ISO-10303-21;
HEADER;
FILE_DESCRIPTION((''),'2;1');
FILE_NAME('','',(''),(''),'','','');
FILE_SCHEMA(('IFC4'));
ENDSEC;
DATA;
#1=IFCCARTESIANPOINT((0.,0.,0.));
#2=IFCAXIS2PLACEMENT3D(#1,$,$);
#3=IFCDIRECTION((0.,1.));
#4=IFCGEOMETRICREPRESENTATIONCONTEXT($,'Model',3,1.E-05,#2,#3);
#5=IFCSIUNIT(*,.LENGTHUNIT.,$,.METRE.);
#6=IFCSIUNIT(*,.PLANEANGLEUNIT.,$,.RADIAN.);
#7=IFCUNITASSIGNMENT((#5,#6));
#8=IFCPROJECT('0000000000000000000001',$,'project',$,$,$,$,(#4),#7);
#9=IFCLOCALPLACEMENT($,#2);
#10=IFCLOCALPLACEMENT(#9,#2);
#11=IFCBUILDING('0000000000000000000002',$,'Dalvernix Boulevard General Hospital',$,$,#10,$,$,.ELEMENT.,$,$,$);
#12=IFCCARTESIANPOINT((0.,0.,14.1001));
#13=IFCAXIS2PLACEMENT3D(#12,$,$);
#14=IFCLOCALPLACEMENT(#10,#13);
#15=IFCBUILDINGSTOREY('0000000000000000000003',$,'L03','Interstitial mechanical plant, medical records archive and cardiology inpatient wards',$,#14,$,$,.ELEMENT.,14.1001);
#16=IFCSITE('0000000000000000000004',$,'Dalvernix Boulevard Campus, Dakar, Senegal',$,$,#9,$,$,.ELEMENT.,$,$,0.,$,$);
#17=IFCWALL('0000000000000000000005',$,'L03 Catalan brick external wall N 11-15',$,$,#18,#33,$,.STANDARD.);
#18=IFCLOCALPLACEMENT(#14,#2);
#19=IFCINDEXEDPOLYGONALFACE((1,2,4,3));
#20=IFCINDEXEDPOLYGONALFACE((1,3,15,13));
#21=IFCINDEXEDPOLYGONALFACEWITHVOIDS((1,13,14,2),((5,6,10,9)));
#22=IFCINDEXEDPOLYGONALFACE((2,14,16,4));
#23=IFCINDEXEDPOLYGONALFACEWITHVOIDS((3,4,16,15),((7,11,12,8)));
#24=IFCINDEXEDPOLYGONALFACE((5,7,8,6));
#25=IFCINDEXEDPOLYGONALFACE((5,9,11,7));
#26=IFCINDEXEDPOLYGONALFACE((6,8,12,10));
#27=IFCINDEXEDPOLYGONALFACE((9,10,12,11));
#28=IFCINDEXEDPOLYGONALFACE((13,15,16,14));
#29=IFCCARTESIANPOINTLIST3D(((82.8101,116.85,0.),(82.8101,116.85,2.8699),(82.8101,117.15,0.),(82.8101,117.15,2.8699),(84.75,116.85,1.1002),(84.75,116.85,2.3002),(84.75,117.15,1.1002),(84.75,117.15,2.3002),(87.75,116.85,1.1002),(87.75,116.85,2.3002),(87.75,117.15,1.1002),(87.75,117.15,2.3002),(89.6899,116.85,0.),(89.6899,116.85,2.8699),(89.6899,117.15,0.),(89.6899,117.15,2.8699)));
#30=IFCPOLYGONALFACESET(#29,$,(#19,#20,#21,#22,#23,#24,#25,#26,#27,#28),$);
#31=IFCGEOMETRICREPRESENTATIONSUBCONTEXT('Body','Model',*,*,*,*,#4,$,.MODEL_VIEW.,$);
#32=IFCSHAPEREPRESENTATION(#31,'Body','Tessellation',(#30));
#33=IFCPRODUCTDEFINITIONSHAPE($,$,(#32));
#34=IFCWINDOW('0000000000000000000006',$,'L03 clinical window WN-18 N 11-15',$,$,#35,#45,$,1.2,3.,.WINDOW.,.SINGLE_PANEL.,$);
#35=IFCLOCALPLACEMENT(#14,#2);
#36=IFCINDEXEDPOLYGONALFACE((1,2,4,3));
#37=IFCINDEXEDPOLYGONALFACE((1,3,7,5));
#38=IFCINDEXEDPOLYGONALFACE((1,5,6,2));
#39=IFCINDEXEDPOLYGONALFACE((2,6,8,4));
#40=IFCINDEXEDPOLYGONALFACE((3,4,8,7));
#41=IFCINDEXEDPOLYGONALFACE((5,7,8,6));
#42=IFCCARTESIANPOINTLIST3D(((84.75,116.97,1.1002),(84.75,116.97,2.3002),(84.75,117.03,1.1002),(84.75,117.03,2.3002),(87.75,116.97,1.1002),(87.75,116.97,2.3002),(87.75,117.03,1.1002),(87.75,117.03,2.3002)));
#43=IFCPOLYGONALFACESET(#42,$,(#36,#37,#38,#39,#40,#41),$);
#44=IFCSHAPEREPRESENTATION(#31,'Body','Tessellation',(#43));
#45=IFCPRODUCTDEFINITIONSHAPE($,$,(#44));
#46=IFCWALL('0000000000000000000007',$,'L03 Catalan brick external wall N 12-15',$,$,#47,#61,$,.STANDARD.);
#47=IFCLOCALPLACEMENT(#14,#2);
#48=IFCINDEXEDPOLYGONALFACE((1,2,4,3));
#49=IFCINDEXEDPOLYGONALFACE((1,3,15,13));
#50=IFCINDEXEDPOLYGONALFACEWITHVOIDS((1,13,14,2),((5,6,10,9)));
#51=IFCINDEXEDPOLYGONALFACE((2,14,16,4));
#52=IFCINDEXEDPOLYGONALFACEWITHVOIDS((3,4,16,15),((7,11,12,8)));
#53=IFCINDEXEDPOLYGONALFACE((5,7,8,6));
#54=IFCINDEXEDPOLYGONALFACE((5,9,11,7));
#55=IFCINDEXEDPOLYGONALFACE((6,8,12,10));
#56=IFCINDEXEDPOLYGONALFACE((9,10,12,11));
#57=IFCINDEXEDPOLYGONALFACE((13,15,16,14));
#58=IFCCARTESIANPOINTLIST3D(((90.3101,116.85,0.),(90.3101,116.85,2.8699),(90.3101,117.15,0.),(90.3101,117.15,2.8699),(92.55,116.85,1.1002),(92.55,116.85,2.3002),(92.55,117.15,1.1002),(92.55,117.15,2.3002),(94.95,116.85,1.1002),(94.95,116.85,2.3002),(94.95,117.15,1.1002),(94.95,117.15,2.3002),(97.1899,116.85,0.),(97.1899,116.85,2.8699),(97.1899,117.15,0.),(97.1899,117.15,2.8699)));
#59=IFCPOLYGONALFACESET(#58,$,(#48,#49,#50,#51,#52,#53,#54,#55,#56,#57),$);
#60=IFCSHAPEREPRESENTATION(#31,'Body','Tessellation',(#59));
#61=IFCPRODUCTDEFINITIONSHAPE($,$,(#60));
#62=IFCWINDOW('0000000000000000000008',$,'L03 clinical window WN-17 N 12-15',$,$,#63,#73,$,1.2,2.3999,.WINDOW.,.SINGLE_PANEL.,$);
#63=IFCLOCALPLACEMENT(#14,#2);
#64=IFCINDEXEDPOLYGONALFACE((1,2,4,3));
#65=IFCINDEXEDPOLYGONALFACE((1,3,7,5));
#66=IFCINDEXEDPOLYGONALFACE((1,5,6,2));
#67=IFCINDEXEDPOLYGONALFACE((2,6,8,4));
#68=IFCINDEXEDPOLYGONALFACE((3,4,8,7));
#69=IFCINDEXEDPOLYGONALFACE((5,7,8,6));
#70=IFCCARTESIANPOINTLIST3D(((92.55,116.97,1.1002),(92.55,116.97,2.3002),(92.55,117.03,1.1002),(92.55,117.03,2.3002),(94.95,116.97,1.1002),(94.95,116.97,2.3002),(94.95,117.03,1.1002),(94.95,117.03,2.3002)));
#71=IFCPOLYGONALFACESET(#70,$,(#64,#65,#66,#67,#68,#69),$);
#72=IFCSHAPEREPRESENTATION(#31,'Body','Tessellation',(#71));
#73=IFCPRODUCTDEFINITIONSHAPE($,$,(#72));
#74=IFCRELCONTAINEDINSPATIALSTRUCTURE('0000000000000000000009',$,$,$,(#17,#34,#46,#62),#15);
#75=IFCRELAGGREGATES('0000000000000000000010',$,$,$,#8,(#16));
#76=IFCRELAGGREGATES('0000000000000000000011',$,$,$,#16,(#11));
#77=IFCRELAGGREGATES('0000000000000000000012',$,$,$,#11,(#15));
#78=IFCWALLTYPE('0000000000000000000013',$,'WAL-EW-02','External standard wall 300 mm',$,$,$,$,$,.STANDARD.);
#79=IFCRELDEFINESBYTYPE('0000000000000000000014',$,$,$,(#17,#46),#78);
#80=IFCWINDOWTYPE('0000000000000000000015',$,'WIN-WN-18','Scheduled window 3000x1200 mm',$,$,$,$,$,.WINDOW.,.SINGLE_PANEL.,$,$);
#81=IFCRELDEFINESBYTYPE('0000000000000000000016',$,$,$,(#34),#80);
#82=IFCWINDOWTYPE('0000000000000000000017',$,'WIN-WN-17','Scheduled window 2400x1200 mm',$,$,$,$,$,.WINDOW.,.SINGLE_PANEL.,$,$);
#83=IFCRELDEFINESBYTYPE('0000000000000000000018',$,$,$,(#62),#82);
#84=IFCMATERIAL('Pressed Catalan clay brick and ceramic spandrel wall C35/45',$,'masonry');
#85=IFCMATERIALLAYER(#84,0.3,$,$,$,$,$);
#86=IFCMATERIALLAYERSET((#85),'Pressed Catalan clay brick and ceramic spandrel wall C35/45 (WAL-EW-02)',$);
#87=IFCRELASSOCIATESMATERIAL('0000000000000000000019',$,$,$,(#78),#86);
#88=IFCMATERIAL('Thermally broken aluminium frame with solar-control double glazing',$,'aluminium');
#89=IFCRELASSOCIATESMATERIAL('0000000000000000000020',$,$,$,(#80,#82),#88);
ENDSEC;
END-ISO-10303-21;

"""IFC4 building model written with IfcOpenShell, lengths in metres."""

from ifc_helpers import new_model, si_unit, direction, frame, frame_2d, origin, place, context, subcontext, project, spatial, rectangle, extrude, material, layer, layer_set, type_object, element, fill, save


model = new_model("IFC4")

# Units and contexts
model_context = context("Model", 3, precision=1e-05, world=origin(), true_north=direction((0.0, 1.0)))
body_context = subcontext(model_context, "Body", "Model", "MODEL_VIEW")
ifc_project = project(units=[si_unit("LENGTHUNIT", "METRE"), si_unit("PLANEANGLEUNIT", "RADIAN")], contexts=[model_context])

# Site, building, storey
site_placement = place(None, origin())
site = spatial("IfcSite", under=ifc_project, at=site_placement, Name="Dalvernix Boulevard Campus, Dakar, Senegal", CompositionType="ELEMENT", RefElevation=0.0)
building_placement = place(site_placement, origin())
building = spatial("IfcBuilding", under=site, at=building_placement, Name="Dalvernix Boulevard General Hospital", CompositionType="ELEMENT")
storey_placement = place(building_placement, frame((0.0, 0.0, 14.1001)))
storey = spatial("IfcBuildingStorey", under=building, at=storey_placement, Name="L03", Description="Interstitial mechanical plant, medical records archive and cardiology inpatient wards", CompositionType="ELEMENT", Elevation=14.1001)

# Walls, openings, windows
ifc_material_1 = material(Name="Pressed Catalan clay brick and ceramic spandrel wall C35/45", Category="masonry")
ifc_layer_1 = layer(ifc_material_1, 0.3)
ifc_layer_set_1 = layer_set([ifc_layer_1], Name="Pressed Catalan clay brick and ceramic spandrel wall C35/45 (WAL-EW-02)")
wall_type_1 = type_object("IfcWallType", Name="WAL-EW-02", Description="External standard wall 300 mm", PredefinedType="STANDARD", material=ifc_layer_set_1)
wall_1_placement = place(storey_placement, frame((82.8101, 117.0, 0.0), z_axis=(0.0, 0.0, 1.0), x_axis=(1.0, 0.0, 0.0)))
wall_1 = element("IfcWall", 1, at=wall_1_placement, inside=storey, type_object=wall_type_1, Name="L03 Catalan brick external wall N 11-15", PredefinedType="STANDARD", context=body_context, shape_type="SweptSolid", body=[
    extrude(rectangle(XDim=6.8799, YDim=0.3, at=frame_2d((3.4399, 0.0))), origin(), (0.0, 0.0, 1.0), 2.8699),
])
opening_1_placement = place(wall_1_placement, frame((1.9399, 0.0, 1.1001)))
opening_1 = element("IfcOpeningElement", 2, at=opening_1_placement, cuts=wall_1, PredefinedType="OPENING", context=body_context, shape_type="SweptSolid", body=[
    extrude(rectangle(XDim=3.0, YDim=1.2, at=frame_2d((1.5, 0.6001))), frame((0.0, 0.1599, 0.0), z_axis=(0.0, -1.0, 0.0), x_axis=(1.0, 0.0, 0.0)), (0.0, 0.0, 1.0), 0.3201),
])
ifc_material_2 = material(Name="Thermally broken aluminium frame with solar-control double glazing", Category="aluminium")
window_type_1 = type_object("IfcWindowType", Name="WIN-WN-18", Description="Scheduled window 3000x1200 mm", PartitioningType="SINGLE_PANEL", PredefinedType="WINDOW", material=ifc_material_2)
window_1_placement = place(opening_1_placement, origin())
window_1 = element("IfcWindow", 3, at=window_1_placement, inside=storey, type_object=window_type_1, Name="L03 clinical window WN-18 N 11-15", OverallHeight=1.2, OverallWidth=3.0, PartitioningType="SINGLE_PANEL", PredefinedType="WINDOW", context=body_context, shape_type="SweptSolid", body=[
    extrude(rectangle(XDim=3.0, YDim=1.2, at=frame_2d((1.5, 0.6001))), frame((0.0, 0.03, 0.0), z_axis=(0.0, -1.0, 0.0), x_axis=(1.0, 0.0, 0.0)), (0.0, 0.0, 1.0), 0.0601),
])
fill(opening_1, window_1)
wall_2_placement = place(storey_placement, frame((90.3101, 117.0, 0.0), z_axis=(0.0, 0.0, 1.0), x_axis=(1.0, 0.0, 0.0)))
wall_2 = element("IfcWall", 4, at=wall_2_placement, inside=storey, type_object=wall_type_1, Name="L03 Catalan brick external wall N 12-15", PredefinedType="STANDARD", context=body_context, shape_type="SweptSolid", body=[
    extrude(rectangle(XDim=6.8799, YDim=0.3, at=frame_2d((3.4399, 0.0))), origin(), (0.0, 0.0, 1.0), 2.8699),
])
opening_2_placement = place(wall_2_placement, frame((2.24, 0.0, 1.1001)))
opening_2 = element("IfcOpeningElement", 5, at=opening_2_placement, cuts=wall_2, PredefinedType="OPENING", context=body_context, shape_type="SweptSolid", body=[
    extrude(rectangle(XDim=2.3999, YDim=1.2, at=frame_2d((1.2, 0.6001))), frame((0.0, 0.1599, 0.0), z_axis=(0.0, -1.0, 0.0), x_axis=(1.0, 0.0, 0.0)), (0.0, 0.0, 1.0), 0.3201),
])
window_type_2 = type_object("IfcWindowType", Name="WIN-WN-17", Description="Scheduled window 2400x1200 mm", PartitioningType="SINGLE_PANEL", PredefinedType="WINDOW", material=ifc_material_2)
window_2_placement = place(opening_2_placement, origin())
window_2 = element("IfcWindow", 6, at=window_2_placement, inside=storey, type_object=window_type_2, Name="L03 clinical window WN-17 N 12-15", OverallHeight=1.2, OverallWidth=2.3999, PartitioningType="SINGLE_PANEL", PredefinedType="WINDOW", context=body_context, shape_type="SweptSolid", body=[
    extrude(rectangle(XDim=2.3999, YDim=1.2, at=frame_2d((1.2, 0.6001))), frame((0.0, 0.03, 0.0), z_axis=(0.0, -1.0, 0.0), x_axis=(1.0, 0.0, 0.0)), (0.0, 0.0, 1.0), 0.0601),
])
fill(opening_2, window_2)

save(model, "model.ifc")
